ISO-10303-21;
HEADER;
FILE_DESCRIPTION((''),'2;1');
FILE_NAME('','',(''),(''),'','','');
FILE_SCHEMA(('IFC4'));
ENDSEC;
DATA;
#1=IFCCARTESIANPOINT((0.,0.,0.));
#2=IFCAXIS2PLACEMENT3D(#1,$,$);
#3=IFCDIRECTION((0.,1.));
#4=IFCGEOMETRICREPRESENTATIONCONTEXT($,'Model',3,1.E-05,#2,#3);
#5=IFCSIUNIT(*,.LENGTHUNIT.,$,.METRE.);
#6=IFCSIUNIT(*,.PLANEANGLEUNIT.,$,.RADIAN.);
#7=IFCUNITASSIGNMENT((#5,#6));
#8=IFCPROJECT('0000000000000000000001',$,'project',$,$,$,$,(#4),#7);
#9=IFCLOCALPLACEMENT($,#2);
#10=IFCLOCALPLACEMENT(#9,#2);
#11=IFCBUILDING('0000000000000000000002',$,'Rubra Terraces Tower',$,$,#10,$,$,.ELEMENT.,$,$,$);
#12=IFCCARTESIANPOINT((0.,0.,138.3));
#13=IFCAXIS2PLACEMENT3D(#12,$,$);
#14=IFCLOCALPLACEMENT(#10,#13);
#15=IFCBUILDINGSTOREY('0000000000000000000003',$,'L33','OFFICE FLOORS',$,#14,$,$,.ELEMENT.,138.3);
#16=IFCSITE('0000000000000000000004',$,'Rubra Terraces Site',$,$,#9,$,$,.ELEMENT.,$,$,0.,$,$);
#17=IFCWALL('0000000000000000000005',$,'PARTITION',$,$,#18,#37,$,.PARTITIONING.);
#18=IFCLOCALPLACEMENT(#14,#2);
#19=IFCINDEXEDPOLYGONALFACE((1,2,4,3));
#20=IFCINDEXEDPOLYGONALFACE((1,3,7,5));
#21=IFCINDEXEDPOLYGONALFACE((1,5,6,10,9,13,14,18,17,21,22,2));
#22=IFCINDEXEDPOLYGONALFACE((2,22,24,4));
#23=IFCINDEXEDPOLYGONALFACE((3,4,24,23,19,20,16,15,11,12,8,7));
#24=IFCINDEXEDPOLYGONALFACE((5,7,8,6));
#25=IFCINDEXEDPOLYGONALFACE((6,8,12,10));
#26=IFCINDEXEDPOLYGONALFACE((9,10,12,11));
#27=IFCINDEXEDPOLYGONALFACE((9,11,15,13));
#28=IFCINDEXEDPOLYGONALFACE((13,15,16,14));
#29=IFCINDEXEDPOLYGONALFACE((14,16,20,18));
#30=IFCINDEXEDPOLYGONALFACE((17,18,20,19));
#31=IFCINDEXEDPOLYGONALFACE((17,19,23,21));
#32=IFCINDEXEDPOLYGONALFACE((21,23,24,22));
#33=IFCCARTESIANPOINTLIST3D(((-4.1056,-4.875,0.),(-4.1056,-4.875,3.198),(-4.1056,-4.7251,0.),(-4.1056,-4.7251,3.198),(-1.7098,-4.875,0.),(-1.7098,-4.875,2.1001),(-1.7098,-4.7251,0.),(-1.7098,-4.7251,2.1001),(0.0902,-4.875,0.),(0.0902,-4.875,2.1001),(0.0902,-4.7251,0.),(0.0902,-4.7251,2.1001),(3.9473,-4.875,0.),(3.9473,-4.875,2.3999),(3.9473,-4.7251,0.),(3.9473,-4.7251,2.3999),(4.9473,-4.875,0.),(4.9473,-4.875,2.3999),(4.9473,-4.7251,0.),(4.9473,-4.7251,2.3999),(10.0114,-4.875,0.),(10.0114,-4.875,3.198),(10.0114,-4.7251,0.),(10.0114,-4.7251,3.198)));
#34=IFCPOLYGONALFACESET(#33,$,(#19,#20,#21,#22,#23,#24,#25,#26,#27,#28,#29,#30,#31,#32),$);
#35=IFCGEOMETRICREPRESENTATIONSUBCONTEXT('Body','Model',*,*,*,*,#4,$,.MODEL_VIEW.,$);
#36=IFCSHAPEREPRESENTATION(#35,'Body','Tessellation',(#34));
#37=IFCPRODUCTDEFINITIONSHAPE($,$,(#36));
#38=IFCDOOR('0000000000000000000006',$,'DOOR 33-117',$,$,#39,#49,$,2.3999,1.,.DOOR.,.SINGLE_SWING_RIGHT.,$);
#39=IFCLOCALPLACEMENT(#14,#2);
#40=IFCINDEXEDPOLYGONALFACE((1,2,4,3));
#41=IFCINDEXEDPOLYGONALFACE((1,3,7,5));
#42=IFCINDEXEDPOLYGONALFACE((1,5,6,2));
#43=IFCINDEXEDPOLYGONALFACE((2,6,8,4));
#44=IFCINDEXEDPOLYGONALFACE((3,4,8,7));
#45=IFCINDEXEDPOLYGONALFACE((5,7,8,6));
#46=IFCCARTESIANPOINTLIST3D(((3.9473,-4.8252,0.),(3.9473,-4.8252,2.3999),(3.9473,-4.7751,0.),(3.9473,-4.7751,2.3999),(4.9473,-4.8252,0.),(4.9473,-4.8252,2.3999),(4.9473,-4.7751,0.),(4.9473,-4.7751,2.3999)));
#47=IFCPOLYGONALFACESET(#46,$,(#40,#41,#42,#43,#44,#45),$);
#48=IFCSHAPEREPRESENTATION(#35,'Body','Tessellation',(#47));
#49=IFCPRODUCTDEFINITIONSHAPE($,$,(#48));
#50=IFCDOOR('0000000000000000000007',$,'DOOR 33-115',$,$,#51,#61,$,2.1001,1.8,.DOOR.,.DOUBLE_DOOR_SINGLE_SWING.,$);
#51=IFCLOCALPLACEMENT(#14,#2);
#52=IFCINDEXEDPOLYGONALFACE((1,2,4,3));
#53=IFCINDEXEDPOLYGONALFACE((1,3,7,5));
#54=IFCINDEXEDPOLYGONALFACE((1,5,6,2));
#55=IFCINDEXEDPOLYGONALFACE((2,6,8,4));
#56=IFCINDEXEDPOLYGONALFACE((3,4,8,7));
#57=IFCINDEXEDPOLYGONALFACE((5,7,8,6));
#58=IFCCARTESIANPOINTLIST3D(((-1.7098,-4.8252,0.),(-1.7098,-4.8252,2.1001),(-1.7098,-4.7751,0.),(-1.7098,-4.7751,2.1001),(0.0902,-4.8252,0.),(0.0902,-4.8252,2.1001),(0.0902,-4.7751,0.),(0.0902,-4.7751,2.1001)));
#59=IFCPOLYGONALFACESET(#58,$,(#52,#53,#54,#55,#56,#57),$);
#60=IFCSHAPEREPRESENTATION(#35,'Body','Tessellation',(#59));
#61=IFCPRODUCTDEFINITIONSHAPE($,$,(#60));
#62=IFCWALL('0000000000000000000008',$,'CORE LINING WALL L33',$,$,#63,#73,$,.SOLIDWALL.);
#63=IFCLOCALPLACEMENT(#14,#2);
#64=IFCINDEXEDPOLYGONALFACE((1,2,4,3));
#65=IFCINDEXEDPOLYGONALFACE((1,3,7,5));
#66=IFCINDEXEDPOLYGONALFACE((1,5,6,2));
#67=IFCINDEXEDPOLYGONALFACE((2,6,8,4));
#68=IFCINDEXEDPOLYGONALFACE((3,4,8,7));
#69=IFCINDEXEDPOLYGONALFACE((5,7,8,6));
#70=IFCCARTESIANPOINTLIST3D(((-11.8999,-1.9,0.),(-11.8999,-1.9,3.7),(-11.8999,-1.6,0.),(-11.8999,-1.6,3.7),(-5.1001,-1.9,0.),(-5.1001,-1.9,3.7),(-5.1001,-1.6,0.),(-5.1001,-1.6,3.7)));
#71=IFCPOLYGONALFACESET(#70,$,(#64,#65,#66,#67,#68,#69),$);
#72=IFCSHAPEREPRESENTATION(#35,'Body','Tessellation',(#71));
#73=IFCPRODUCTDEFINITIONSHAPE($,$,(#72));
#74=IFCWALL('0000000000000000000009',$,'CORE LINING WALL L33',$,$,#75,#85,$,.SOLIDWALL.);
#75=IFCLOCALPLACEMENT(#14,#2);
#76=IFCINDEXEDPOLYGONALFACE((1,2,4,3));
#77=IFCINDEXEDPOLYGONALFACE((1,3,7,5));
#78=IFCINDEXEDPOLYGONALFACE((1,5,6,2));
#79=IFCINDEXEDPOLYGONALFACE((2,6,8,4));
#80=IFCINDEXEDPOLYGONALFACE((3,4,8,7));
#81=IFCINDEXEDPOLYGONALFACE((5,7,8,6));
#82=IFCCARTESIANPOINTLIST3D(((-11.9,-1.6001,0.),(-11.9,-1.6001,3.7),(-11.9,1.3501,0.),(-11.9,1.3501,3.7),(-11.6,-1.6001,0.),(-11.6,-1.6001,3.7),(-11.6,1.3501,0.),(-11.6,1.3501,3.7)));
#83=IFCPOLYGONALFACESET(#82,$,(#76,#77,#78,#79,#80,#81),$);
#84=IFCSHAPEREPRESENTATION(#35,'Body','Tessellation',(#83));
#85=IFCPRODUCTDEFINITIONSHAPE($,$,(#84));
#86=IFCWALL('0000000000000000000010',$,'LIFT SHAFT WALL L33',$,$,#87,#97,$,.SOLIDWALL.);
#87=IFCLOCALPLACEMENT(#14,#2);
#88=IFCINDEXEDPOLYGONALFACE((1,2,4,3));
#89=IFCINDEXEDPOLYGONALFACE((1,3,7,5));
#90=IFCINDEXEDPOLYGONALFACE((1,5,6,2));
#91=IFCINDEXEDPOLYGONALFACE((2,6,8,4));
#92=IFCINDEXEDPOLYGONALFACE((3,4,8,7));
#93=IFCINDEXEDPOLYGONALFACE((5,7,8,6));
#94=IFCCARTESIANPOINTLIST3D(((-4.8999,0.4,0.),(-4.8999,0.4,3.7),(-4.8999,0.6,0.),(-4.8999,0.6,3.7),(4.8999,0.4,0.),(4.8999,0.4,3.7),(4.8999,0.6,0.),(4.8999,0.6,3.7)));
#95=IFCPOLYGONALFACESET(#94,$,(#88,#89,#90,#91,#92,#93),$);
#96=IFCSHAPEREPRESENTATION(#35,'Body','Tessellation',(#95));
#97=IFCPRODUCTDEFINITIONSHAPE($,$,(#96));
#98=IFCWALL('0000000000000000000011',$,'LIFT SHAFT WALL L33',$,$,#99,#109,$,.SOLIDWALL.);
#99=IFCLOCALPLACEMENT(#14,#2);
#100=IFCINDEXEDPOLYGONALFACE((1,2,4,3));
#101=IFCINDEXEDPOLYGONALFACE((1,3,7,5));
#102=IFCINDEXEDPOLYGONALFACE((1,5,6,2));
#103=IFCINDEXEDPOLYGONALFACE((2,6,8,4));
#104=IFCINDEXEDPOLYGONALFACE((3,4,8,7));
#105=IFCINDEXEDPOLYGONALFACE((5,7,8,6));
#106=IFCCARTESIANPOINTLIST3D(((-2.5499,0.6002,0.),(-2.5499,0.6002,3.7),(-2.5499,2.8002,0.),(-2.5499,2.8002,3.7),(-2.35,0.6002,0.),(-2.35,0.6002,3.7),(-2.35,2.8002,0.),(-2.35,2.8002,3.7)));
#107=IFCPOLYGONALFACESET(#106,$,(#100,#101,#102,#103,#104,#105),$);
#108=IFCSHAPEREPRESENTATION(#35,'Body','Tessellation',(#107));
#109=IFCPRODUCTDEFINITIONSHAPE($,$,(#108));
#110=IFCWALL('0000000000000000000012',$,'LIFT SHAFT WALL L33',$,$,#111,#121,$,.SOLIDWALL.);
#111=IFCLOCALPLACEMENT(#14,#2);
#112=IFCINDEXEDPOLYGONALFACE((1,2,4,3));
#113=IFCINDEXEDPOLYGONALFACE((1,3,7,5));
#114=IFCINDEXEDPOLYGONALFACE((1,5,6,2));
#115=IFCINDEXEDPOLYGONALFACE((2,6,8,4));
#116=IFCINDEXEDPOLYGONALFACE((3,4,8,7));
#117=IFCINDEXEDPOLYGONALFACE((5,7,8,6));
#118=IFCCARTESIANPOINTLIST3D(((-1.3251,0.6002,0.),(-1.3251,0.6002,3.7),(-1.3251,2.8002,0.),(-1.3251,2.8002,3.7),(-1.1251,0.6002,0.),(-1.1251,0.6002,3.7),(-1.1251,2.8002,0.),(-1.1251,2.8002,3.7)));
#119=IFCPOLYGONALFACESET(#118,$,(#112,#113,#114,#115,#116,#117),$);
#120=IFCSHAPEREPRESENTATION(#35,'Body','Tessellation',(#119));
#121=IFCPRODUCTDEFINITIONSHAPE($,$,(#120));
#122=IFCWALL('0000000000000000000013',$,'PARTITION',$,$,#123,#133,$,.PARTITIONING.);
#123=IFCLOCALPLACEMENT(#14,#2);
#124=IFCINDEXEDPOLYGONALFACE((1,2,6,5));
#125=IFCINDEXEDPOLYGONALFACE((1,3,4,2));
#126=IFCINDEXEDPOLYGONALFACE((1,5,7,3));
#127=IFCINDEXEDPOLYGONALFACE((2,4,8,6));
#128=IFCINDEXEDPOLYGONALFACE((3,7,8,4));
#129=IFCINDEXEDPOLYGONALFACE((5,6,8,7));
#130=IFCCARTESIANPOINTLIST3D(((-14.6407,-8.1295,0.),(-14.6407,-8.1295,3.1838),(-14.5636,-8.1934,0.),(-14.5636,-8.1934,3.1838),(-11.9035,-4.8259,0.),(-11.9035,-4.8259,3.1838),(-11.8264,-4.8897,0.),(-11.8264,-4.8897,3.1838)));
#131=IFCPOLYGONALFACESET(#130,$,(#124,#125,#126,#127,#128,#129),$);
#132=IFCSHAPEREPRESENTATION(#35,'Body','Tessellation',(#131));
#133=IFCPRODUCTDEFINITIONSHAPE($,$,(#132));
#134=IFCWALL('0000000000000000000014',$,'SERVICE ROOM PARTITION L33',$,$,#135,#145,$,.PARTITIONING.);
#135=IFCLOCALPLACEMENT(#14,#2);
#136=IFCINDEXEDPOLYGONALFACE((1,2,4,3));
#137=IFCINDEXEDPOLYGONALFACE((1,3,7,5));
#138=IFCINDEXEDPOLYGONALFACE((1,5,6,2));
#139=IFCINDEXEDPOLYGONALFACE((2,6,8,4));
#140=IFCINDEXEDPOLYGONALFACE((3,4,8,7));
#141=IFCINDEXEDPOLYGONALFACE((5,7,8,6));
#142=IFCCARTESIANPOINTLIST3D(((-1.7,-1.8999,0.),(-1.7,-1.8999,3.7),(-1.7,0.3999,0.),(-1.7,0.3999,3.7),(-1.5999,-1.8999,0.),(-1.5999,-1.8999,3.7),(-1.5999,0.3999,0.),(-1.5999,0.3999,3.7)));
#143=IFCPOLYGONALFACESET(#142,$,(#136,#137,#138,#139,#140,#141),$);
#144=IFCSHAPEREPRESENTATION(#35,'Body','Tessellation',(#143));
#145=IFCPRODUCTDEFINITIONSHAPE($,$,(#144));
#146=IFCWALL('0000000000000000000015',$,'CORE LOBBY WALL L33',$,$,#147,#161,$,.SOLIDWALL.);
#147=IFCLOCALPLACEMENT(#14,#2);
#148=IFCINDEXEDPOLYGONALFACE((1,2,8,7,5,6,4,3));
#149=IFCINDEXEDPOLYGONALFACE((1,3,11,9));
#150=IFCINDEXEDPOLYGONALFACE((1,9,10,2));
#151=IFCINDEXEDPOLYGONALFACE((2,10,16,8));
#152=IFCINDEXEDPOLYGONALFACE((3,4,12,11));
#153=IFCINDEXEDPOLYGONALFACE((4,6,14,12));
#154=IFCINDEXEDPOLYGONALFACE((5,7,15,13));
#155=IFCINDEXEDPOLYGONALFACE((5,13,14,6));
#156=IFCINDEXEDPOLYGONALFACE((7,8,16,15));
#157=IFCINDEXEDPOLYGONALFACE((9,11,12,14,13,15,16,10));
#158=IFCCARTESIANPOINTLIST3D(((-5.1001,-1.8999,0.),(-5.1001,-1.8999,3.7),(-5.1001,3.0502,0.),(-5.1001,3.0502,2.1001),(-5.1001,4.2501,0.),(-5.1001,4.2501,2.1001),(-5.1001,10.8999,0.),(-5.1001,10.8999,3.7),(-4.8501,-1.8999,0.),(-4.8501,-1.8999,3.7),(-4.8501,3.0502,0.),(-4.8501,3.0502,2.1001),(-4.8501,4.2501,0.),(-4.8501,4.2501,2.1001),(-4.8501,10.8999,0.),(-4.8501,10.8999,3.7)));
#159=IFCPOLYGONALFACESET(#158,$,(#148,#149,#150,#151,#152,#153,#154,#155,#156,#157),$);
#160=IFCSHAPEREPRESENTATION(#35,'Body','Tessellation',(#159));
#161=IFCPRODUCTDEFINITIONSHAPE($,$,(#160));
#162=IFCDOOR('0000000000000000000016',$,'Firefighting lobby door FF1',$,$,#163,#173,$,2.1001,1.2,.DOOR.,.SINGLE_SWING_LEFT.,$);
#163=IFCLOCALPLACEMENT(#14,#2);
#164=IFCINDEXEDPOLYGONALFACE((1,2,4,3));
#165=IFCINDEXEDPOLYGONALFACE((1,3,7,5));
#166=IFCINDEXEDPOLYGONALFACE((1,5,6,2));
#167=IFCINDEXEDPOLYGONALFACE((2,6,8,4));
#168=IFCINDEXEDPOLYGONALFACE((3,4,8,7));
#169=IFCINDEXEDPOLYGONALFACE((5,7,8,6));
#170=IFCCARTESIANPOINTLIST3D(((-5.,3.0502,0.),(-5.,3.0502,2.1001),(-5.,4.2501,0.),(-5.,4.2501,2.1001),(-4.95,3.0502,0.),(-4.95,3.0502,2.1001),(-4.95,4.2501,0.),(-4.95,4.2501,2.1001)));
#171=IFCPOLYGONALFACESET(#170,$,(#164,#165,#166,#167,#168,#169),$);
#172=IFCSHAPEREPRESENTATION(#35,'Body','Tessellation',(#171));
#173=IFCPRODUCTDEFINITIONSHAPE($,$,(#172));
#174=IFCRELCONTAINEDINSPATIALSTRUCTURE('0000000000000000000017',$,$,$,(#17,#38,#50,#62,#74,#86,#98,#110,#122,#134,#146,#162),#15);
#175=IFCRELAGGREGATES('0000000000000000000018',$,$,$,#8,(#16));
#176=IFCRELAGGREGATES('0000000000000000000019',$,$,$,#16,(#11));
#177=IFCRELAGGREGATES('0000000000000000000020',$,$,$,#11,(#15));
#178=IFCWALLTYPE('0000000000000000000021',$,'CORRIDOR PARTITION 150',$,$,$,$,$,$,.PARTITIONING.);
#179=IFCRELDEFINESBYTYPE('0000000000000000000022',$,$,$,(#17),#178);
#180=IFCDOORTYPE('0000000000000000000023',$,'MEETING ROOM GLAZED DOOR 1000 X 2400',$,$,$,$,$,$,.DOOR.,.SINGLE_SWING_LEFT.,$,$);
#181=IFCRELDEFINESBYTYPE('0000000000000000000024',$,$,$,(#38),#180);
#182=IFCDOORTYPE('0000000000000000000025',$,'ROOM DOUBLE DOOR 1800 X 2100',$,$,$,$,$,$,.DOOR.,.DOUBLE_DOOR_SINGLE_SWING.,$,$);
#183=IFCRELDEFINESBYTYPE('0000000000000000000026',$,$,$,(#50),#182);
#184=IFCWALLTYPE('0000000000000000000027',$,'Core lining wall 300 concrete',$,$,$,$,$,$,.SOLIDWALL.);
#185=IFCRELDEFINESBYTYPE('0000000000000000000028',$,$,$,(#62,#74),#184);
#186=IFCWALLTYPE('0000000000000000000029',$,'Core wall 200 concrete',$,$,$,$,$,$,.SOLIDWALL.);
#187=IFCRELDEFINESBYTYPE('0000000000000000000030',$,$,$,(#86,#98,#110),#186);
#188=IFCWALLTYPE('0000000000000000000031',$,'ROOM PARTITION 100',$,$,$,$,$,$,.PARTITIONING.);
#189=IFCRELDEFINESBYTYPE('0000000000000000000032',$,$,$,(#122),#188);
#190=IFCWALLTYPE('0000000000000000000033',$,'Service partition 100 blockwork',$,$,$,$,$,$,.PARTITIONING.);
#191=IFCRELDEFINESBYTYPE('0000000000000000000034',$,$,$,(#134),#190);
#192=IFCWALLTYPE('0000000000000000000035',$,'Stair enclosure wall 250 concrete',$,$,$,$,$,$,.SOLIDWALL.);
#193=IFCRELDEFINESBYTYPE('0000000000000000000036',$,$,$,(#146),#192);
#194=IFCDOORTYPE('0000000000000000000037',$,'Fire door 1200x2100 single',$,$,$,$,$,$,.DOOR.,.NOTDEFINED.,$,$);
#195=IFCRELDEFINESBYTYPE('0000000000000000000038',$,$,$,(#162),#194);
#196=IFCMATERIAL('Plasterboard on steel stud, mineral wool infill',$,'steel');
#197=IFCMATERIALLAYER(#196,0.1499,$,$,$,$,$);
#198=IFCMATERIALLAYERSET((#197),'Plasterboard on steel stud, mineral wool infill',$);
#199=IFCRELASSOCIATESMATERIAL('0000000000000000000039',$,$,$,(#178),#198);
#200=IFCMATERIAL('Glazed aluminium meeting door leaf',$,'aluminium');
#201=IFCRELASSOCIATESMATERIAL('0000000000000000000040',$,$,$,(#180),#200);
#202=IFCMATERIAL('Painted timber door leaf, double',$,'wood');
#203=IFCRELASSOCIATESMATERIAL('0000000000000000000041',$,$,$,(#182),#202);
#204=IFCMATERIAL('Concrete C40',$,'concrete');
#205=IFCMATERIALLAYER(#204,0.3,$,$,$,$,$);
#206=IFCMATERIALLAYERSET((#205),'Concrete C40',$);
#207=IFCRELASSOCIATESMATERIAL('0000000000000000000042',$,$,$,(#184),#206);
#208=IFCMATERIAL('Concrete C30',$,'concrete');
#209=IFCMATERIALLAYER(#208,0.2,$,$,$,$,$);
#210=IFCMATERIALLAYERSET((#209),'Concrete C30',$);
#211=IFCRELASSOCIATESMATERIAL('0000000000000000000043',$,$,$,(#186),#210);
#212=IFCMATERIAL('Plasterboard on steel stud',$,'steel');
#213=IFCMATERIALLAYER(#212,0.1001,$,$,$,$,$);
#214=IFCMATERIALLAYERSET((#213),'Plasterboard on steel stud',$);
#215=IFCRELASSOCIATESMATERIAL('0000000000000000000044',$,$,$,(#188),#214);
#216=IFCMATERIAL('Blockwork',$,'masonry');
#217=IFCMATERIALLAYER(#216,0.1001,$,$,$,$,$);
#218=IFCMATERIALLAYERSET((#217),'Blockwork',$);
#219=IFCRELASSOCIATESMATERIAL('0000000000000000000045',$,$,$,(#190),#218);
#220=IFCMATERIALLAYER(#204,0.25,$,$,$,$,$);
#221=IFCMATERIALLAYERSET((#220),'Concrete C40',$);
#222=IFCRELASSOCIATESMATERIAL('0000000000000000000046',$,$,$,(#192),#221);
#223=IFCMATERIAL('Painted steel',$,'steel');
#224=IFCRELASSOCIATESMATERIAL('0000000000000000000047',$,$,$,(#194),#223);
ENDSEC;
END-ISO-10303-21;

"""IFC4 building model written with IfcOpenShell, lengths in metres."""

from ifc_helpers import new_model, si_unit, direction, frame, frame_2d, origin, place, context, subcontext, project, spatial, rectangle, extrude, material, layer, layer_set, type_object, element, fill, save


model = new_model("IFC4")

# Units and contexts
model_context = context("Model", 3, precision=1e-05, world=origin(), true_north=direction((0.0, 1.0)))
body_context = subcontext(model_context, "Body", "Model", "MODEL_VIEW")
ifc_project = project(units=[si_unit("LENGTHUNIT", "METRE"), si_unit("PLANEANGLEUNIT", "RADIAN")], contexts=[model_context])

# Site, building, storey
site_placement = place(None, origin())
site = spatial("IfcSite", under=ifc_project, at=site_placement, Name="Rubra Terraces Site", CompositionType="ELEMENT", RefElevation=0.0)
building_placement = place(site_placement, origin())
building = spatial("IfcBuilding", under=site, at=building_placement, Name="Rubra Terraces Tower", CompositionType="ELEMENT")
storey_placement = place(building_placement, frame((0.0, 0.0, 138.3)))
storey = spatial("IfcBuildingStorey", under=building, at=storey_placement, Name="L33", Description="OFFICE FLOORS", CompositionType="ELEMENT", Elevation=138.3)

# Shared definitions
ifc_material_1 = material(Name="Concrete C40", Category="concrete")

# Wall, openings, doors
ifc_material_2 = material(Name="Plasterboard on steel stud, mineral wool infill", Category="steel")
ifc_layer_1 = layer(ifc_material_2, 0.1499)
ifc_layer_set_1 = layer_set([ifc_layer_1], Name="Plasterboard on steel stud, mineral wool infill")
wall_type_1 = type_object("IfcWallType", Name="CORRIDOR PARTITION 150", PredefinedType="PARTITIONING", material=ifc_layer_set_1)
wall_1_placement = place(storey_placement, frame((-4.1057, -4.8, 0.0), z_axis=(0.0, 0.0, 1.0), x_axis=(1.0, 0.0, 0.0)))
wall_1 = element("IfcWall", 1, at=wall_1_placement, inside=storey, type_object=wall_type_1, Name="PARTITION", PredefinedType="PARTITIONING", context=body_context, shape_type="SweptSolid", body=[
    extrude(rectangle(XDim=14.1169, YDim=0.1499, at=frame_2d((7.0586, 0.0))), origin(), (0.0, 0.0, 1.0), 3.198),
])
opening_1_placement = place(wall_1_placement, frame((2.396, 0.0, 0.0)))
opening_1 = element("IfcOpeningElement", 2, at=opening_1_placement, cuts=wall_1, PredefinedType="OPENING", context=body_context, shape_type="SweptSolid", body=[
    extrude(rectangle(XDim=1.8, YDim=2.1001, at=frame_2d((0.8999, 1.05))), frame((0.0, 0.085, 0.0), z_axis=(0.0, -1.0, 0.0), x_axis=(1.0, 0.0, 0.0)), (0.0, 0.0, 1.0), 0.1699),
])
opening_2_placement = place(wall_1_placement, frame((8.053, 0.0, 0.0)))
opening_2 = element("IfcOpeningElement", 3, at=opening_2_placement, cuts=wall_1, PredefinedType="OPENING", context=body_context, shape_type="SweptSolid", body=[
    extrude(rectangle(XDim=1.0, YDim=2.3999, at=frame_2d((0.5, 1.2))), frame((0.0, 0.085, 0.0), z_axis=(0.0, -1.0, 0.0), x_axis=(1.0, 0.0, 0.0)), (0.0, 0.0, 1.0), 0.1699),
])
ifc_material_3 = material(Name="Glazed aluminium meeting door leaf", Category="aluminium")
door_type_1 = type_object("IfcDoorType", Name="MEETING ROOM GLAZED DOOR 1000 X 2400", OperationType="SINGLE_SWING_LEFT", PredefinedType="DOOR", material=ifc_material_3)
door_1_placement = place(opening_2_placement, origin())
door_1 = element("IfcDoor", 4, at=door_1_placement, inside=storey, type_object=door_type_1, Name="DOOR 33-117", OperationType="SINGLE_SWING_RIGHT", OverallHeight=2.3999, OverallWidth=1.0, PredefinedType="DOOR", context=body_context, shape_type="SweptSolid", body=[
    extrude(rectangle(XDim=1.0, YDim=2.3999, at=frame_2d((0.5, 1.2))), frame((0.0, 0.0249, 0.0), z_axis=(0.0, -1.0, 0.0), x_axis=(1.0, 0.0, 0.0)), (0.0, 0.0, 1.0), 0.05),
])
fill(opening_2, door_1)
ifc_material_4 = material(Name="Painted timber door leaf, double", Category="wood")
door_type_2 = type_object("IfcDoorType", Name="ROOM DOUBLE DOOR 1800 X 2100", OperationType="DOUBLE_DOOR_SINGLE_SWING", PredefinedType="DOOR", material=ifc_material_4)
door_2_placement = place(opening_1_placement, origin())
door_2 = element("IfcDoor", 5, at=door_2_placement, inside=storey, type_object=door_type_2, Name="DOOR 33-115", OperationType="DOUBLE_DOOR_SINGLE_SWING", OverallHeight=2.1001, OverallWidth=1.8, PredefinedType="DOOR", context=body_context, shape_type="SweptSolid", body=[
    extrude(rectangle(XDim=1.8, YDim=2.1001, at=frame_2d((0.8999, 1.05))), frame((0.0, 0.0249, 0.0), z_axis=(0.0, -1.0, 0.0), x_axis=(1.0, 0.0, 0.0)), (0.0, 0.0, 1.0), 0.05),
])
fill(opening_1, door_2)

# Walls
ifc_layer_2 = layer(ifc_material_1, 0.3)
ifc_layer_set_2 = layer_set([ifc_layer_2], Name="Concrete C40")
wall_type_2 = type_object("IfcWallType", Name="Core lining wall 300 concrete", PredefinedType="SOLIDWALL", material=ifc_layer_set_2)
wall_2_placement = place(storey_placement, frame((-11.8999, -1.75, 0.0), z_axis=(0.0, 0.0, 1.0), x_axis=(1.0, 0.0, 0.0)))
element("IfcWall", 6, at=wall_2_placement, inside=storey, type_object=wall_type_2, Name="CORE LINING WALL L33", PredefinedType="SOLIDWALL", context=body_context, shape_type="SweptSolid", body=[
    extrude(rectangle(XDim=6.7998, YDim=0.3, at=frame_2d((3.3999, 0.0))), origin(), (0.0, 0.0, 1.0), 3.7),
])
wall_3_placement = place(storey_placement, frame((-11.75, -1.6001, 0.0), z_axis=(0.0, 0.0, 1.0), x_axis=(0.0, 1.0, 0.0)))
element("IfcWall", 7, at=wall_3_placement, inside=storey, type_object=wall_type_2, Name="CORE LINING WALL L33", PredefinedType="SOLIDWALL", context=body_context, shape_type="SweptSolid", body=[
    extrude(rectangle(XDim=2.9502, YDim=0.3, at=frame_2d((1.4751, 0.0))), origin(), (0.0, 0.0, 1.0), 3.7),
])
ifc_material_5 = material(Name="Concrete C30", Category="concrete")
ifc_layer_3 = layer(ifc_material_5, 0.2)
ifc_layer_set_3 = layer_set([ifc_layer_3], Name="Concrete C30")
wall_type_3 = type_object("IfcWallType", Name="Core wall 200 concrete", PredefinedType="SOLIDWALL", material=ifc_layer_set_3)
wall_4_placement = place(storey_placement, frame((-4.8999, 0.5, 0.0), z_axis=(0.0, 0.0, 1.0), x_axis=(1.0, 0.0, 0.0)))
element("IfcWall", 8, at=wall_4_placement, inside=storey, type_object=wall_type_3, Name="LIFT SHAFT WALL L33", PredefinedType="SOLIDWALL", context=body_context, shape_type="SweptSolid", body=[
    extrude(rectangle(XDim=9.7998, YDim=0.2, at=frame_2d((4.8999, 0.0))), origin(), (0.0, 0.0, 1.0), 3.7),
])
for number, where, z_axis, x_axis, name in (
    (9, (-2.45, 0.6001, 0.0), (0.0, 0.0, 1.0), (0.0, 1.0, 0.0), "LIFT SHAFT WALL L33"),
    (10, (-1.2251, 0.6001, 0.0), (0.0, 0.0, 1.0), (0.0, 1.0, 0.0), "LIFT SHAFT WALL L33"),
):
    element("IfcWall", number, at=place(storey_placement, frame(where, z_axis=z_axis, x_axis=x_axis)), inside=storey, type_object=wall_type_3, Name=name, PredefinedType="SOLIDWALL", context=body_context, shape_type="SweptSolid", body=[
        extrude(rectangle(XDim=2.2, YDim=0.2, at=frame_2d((1.1001, 0.0))), origin(), (0.0, 0.0, 1.0), 3.7),
    ])
ifc_material_6 = material(Name="Plasterboard on steel stud", Category="steel")
ifc_layer_4 = layer(ifc_material_6, 0.1001)
ifc_layer_set_4 = layer_set([ifc_layer_4], Name="Plasterboard on steel stud")
wall_type_4 = type_object("IfcWallType", Name="ROOM PARTITION 100", PredefinedType="PARTITIONING", material=ifc_layer_set_4)
wall_5_placement = place(storey_placement, frame((-11.865, -4.8579, 0.0), z_axis=(0.0, 0.0, 1.0), x_axis=(-0.63801, -0.770028, 0.0)))
element("IfcWall", 11, at=wall_5_placement, inside=storey, type_object=wall_type_4, Name="PARTITION", PredefinedType="PARTITIONING", context=body_context, shape_type="SweptSolid", body=[
    extrude(rectangle(XDim=4.2903, YDim=0.1001, at=frame_2d((2.145, 0.0))), origin(), (0.0, 0.0, 1.0), 3.1838),
])
ifc_material_7 = material(Name="Blockwork", Category="masonry")
ifc_layer_5 = layer(ifc_material_7, 0.1001)
ifc_layer_set_5 = layer_set([ifc_layer_5], Name="Blockwork")
wall_type_5 = type_object("IfcWallType", Name="Service partition 100 blockwork", PredefinedType="PARTITIONING", material=ifc_layer_set_5)
wall_6_placement = place(storey_placement, frame((-1.6499, -1.8999, 0.0), z_axis=(0.0, 0.0, 1.0), x_axis=(0.0, 1.0, 0.0)))
element("IfcWall", 12, at=wall_6_placement, inside=storey, type_object=wall_type_5, Name="SERVICE ROOM PARTITION L33", PredefinedType="PARTITIONING", context=body_context, shape_type="SweptSolid", body=[
    extrude(rectangle(XDim=2.2998, YDim=0.1001, at=frame_2d((1.1499, 0.0))), origin(), (0.0, 0.0, 1.0), 3.7),
])

# Wall, opening, door
ifc_layer_6 = layer(ifc_material_1, 0.25)
ifc_layer_set_6 = layer_set([ifc_layer_6], Name="Concrete C40")
wall_type_6 = type_object("IfcWallType", Name="Stair enclosure wall 250 concrete", PredefinedType="SOLIDWALL", material=ifc_layer_set_6)
wall_7_placement = place(storey_placement, frame((-4.9751, -1.8999, 0.0), z_axis=(0.0, 0.0, 1.0), x_axis=(0.0, 1.0, 0.0)))
wall_7 = element("IfcWall", 13, at=wall_7_placement, inside=storey, type_object=wall_type_6, Name="CORE LOBBY WALL L33", PredefinedType="SOLIDWALL", context=body_context, shape_type="SweptSolid", body=[
    extrude(rectangle(XDim=12.7998, YDim=0.25, at=frame_2d((6.3999, 0.0))), origin(), (0.0, 0.0, 1.0), 3.7),
])
opening_3_placement = place(wall_7_placement, frame((4.95, 0.0, 0.0)))
opening_3 = element("IfcOpeningElement", 14, at=opening_3_placement, cuts=wall_7, PredefinedType="OPENING", context=body_context, shape_type="SweptSolid", body=[
    extrude(rectangle(XDim=1.2, YDim=2.1001, at=frame_2d((0.6001, 1.05))), frame((0.0, 0.135, 0.0), z_axis=(0.0, -1.0, 0.0), x_axis=(1.0, 0.0, 0.0)), (0.0, 0.0, 1.0), 0.27),
])
ifc_material_8 = material(Name="Painted steel", Category="steel")
door_type_3 = type_object("IfcDoorType", Name="Fire door 1200x2100 single", OperationType="NOTDEFINED", PredefinedType="DOOR", material=ifc_material_8)
door_3_placement = place(opening_3_placement, origin())
door_3 = element("IfcDoor", 15, at=door_3_placement, inside=storey, type_object=door_type_3, Name="Firefighting lobby door FF1", OperationType="SINGLE_SWING_LEFT", OverallHeight=2.1001, OverallWidth=1.2, PredefinedType="DOOR", context=body_context, shape_type="SweptSolid", body=[
    extrude(rectangle(XDim=1.2, YDim=2.1001, at=frame_2d((0.6001, 1.05))), frame((0.0, 0.0249, 0.0), z_axis=(0.0, -1.0, 0.0), x_axis=(1.0, 0.0, 0.0)), (0.0, 0.0, 1.0), 0.05),
])
fill(opening_3, door_3)

save(model, "model.ifc")
